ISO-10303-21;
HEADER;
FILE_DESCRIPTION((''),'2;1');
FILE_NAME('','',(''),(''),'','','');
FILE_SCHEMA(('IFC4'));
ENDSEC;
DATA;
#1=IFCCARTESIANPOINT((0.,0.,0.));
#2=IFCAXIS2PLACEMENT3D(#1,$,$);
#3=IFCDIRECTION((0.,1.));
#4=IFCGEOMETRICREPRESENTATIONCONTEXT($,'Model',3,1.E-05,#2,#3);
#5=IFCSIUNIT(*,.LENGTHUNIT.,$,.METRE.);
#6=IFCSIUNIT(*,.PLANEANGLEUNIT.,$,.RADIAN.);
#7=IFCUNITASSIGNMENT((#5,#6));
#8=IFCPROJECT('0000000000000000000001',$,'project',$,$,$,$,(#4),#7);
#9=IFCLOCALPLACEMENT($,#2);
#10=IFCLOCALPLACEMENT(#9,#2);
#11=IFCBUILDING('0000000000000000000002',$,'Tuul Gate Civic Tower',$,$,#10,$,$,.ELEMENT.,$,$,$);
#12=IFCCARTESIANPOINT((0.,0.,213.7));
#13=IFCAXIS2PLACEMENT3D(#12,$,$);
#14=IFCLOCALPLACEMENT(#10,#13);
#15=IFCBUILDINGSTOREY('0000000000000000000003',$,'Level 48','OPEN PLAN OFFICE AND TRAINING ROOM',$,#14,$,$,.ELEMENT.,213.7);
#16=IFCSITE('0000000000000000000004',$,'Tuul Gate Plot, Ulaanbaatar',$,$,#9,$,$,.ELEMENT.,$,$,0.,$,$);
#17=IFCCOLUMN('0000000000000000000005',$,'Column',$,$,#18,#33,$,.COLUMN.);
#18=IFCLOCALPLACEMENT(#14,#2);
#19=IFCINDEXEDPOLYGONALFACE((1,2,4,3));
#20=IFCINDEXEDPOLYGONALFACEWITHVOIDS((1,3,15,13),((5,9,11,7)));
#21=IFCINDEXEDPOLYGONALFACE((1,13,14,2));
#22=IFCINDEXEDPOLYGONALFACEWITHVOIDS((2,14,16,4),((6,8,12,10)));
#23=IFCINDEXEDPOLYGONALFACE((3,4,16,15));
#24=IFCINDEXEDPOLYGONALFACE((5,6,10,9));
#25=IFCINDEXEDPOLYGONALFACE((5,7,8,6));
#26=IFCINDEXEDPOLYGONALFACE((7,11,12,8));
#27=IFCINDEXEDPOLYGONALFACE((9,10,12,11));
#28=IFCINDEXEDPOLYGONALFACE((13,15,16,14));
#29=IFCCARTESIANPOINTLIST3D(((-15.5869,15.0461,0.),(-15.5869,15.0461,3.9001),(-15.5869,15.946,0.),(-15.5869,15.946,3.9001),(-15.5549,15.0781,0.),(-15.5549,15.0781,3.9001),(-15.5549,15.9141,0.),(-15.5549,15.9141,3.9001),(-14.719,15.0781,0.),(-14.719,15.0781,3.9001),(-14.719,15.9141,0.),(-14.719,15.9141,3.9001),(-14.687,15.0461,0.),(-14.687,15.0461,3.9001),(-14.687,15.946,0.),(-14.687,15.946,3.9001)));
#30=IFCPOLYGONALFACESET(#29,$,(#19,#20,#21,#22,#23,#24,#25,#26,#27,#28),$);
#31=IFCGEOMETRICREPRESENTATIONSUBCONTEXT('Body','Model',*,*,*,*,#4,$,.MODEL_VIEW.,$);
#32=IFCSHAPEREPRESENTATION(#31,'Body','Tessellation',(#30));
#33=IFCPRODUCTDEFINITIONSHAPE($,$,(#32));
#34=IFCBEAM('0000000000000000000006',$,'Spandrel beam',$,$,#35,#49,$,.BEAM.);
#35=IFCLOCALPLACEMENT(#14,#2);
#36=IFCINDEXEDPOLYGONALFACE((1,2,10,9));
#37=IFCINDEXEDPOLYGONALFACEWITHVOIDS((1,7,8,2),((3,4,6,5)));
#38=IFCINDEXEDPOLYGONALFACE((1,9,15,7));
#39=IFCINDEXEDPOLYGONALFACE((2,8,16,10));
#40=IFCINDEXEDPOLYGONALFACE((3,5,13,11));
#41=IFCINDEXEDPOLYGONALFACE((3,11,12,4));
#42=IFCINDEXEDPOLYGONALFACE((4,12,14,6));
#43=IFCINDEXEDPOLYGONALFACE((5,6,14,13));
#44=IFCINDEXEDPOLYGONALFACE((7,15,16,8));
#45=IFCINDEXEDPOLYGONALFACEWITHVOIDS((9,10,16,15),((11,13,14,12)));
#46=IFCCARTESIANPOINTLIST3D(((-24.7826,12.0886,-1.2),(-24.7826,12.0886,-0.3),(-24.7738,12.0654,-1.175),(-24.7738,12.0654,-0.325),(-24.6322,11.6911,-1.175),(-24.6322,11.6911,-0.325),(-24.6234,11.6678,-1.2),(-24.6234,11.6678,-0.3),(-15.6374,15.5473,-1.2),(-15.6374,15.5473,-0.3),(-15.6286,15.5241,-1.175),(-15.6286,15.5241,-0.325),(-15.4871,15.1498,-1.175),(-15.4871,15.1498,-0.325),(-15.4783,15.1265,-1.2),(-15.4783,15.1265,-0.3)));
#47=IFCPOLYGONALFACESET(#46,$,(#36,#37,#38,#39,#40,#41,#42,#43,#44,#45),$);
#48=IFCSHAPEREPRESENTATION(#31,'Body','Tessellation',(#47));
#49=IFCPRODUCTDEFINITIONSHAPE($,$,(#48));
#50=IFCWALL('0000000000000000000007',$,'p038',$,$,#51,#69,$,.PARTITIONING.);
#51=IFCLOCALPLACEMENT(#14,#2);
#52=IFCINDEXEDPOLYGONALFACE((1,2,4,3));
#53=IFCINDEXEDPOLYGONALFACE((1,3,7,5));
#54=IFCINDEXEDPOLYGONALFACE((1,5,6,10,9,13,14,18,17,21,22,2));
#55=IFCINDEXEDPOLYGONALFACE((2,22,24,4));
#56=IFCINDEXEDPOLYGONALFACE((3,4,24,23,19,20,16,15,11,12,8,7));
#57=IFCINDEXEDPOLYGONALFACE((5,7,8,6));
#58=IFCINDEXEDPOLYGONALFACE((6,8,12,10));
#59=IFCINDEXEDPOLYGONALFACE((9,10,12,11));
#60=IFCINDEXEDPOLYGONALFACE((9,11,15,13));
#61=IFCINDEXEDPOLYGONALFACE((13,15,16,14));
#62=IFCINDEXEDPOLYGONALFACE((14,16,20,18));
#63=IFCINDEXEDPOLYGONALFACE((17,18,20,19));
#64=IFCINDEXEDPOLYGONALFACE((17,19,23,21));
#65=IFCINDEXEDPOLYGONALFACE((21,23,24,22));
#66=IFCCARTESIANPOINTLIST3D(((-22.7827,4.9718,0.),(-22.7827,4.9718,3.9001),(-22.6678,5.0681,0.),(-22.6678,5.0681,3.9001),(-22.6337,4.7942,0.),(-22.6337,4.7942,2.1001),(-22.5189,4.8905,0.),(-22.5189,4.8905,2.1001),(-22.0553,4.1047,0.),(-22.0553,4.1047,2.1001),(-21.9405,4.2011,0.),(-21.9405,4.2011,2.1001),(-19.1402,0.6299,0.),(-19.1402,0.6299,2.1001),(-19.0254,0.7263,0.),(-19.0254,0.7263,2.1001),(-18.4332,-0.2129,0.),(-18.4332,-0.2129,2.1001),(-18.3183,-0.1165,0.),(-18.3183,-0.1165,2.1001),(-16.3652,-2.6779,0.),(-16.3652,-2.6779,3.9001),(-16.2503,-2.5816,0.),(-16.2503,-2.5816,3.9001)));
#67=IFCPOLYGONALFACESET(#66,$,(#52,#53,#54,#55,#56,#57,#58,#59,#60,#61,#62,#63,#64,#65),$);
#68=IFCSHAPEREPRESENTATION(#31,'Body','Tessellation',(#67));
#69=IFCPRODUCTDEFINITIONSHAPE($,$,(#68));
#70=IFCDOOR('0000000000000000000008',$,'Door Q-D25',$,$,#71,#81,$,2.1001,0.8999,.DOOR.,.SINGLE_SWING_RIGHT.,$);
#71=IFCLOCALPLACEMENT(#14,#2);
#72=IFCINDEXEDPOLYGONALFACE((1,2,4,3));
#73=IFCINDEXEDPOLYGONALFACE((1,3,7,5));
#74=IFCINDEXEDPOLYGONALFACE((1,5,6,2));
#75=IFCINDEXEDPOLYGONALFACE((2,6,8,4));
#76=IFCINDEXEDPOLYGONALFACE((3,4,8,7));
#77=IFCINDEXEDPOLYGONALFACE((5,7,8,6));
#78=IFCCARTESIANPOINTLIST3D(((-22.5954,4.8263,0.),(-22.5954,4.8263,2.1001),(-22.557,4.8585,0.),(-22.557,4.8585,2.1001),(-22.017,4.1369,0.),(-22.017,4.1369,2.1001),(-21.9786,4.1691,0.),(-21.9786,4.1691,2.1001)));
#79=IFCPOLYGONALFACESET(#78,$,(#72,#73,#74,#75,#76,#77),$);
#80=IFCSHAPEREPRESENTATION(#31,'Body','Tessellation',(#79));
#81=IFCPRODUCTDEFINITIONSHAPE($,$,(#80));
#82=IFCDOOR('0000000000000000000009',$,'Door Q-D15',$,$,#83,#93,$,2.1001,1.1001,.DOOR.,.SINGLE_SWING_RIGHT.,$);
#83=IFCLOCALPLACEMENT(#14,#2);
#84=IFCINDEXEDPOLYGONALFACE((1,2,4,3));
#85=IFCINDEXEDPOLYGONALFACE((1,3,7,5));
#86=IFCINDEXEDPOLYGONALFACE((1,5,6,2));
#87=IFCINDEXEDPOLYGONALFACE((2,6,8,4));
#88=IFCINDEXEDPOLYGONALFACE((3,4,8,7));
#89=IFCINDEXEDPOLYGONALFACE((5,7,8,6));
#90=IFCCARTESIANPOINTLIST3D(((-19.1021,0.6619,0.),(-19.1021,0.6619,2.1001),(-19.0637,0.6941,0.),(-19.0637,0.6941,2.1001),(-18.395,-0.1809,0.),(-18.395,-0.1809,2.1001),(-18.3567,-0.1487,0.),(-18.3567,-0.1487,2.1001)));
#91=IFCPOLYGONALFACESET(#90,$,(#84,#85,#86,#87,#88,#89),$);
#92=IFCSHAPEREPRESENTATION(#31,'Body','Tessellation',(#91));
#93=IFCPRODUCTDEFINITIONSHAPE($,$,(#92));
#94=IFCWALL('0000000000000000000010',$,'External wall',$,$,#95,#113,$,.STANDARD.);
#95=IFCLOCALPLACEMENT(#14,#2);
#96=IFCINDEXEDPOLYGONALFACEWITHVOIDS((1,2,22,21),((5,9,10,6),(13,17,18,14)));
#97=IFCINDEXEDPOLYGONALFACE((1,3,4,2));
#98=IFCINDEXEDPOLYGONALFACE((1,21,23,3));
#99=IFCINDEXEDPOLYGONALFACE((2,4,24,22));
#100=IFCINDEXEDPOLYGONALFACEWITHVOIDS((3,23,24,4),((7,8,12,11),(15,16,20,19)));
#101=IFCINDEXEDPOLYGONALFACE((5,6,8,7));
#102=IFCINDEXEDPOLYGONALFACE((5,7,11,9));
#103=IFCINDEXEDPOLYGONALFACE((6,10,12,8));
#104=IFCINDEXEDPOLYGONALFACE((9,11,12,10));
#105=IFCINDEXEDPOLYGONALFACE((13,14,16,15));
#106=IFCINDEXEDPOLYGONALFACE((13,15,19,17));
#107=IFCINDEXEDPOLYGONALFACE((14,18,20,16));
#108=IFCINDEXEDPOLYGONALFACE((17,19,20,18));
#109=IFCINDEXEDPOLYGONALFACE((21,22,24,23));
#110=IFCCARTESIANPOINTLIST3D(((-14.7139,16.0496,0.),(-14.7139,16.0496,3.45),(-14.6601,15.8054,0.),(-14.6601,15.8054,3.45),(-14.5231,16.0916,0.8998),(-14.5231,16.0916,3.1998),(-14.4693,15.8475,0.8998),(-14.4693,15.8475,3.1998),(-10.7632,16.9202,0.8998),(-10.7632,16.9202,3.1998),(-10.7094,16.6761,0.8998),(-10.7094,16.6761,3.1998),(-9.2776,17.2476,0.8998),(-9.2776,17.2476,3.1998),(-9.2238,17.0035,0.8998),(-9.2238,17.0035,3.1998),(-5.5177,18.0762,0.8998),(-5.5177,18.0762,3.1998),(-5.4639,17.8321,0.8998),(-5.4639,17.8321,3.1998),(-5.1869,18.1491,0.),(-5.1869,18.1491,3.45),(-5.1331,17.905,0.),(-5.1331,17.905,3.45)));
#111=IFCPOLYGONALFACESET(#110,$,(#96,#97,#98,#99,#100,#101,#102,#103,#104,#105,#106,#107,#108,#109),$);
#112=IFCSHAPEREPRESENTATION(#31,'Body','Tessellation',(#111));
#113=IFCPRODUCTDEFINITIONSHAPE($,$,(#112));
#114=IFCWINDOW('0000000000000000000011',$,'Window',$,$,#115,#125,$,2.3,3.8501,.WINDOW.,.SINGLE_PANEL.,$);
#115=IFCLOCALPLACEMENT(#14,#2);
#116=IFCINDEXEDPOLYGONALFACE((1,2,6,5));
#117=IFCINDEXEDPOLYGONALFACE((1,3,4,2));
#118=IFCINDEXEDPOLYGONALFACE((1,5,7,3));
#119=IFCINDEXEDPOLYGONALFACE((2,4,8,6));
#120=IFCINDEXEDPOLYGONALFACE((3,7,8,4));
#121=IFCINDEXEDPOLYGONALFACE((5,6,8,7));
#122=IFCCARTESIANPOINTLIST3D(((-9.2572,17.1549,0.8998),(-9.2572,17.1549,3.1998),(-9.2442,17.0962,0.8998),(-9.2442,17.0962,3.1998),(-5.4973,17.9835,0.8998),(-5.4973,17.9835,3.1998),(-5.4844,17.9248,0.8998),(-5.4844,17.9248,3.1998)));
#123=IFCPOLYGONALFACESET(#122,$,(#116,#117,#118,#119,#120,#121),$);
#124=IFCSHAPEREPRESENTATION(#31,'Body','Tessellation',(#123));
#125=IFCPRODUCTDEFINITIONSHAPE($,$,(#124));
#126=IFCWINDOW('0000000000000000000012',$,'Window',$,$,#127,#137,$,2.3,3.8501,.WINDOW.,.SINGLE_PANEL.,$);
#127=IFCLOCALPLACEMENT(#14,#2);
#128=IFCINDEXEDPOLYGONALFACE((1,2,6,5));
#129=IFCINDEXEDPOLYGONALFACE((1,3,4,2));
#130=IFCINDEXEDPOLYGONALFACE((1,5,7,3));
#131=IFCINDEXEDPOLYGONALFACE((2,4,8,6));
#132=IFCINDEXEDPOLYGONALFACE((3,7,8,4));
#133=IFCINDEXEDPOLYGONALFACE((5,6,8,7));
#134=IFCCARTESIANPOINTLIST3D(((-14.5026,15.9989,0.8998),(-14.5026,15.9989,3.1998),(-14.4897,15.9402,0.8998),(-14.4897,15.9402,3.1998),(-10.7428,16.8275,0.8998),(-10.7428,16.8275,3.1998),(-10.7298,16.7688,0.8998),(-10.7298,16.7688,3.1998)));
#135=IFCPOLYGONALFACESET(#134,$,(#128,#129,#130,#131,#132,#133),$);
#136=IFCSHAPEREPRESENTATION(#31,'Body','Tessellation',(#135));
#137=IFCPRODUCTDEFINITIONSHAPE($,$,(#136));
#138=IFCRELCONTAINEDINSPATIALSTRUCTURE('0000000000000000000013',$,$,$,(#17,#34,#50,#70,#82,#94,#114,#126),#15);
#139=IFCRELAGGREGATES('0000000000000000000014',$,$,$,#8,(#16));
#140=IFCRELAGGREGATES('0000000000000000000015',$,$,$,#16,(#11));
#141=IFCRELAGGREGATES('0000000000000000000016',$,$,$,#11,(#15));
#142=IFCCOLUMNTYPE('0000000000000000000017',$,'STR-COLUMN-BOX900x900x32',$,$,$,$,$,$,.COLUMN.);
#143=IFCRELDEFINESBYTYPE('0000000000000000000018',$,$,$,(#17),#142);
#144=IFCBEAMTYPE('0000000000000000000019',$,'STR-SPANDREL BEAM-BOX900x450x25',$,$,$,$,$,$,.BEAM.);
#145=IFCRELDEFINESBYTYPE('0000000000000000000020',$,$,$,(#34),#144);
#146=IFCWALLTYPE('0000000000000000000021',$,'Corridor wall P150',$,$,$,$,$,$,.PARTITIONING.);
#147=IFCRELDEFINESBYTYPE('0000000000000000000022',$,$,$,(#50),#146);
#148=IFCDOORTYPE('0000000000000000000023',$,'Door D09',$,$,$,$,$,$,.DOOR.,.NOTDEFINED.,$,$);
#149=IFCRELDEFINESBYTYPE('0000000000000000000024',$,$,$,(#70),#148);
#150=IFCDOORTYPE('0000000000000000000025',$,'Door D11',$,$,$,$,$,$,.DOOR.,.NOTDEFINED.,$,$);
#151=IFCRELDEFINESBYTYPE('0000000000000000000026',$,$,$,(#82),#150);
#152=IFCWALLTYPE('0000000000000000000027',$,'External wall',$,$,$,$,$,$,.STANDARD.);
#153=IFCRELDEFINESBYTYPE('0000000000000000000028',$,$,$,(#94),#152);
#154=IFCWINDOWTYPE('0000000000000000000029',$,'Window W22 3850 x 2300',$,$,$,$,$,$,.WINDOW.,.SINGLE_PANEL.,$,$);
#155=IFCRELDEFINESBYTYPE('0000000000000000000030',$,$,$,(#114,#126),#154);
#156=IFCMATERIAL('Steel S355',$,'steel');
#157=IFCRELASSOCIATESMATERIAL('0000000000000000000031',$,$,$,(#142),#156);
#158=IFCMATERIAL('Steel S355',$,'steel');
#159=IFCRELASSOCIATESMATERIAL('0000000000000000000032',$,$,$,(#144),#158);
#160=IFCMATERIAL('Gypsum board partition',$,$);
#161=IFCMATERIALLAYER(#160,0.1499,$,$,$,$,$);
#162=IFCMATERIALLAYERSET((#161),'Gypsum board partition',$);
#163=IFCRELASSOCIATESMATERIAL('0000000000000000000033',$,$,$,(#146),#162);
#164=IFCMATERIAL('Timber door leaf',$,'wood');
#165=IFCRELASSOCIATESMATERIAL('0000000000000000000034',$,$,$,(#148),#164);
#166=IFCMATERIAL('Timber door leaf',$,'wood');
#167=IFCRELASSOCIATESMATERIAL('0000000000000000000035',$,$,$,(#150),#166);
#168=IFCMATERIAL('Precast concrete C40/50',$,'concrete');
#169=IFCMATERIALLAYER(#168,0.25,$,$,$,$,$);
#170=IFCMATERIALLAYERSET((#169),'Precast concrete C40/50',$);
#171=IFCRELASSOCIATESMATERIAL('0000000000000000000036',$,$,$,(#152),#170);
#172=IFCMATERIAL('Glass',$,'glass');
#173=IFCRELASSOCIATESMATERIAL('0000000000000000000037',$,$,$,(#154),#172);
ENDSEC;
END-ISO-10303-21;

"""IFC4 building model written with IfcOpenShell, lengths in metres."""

from ifc_helpers import new_model, si_unit, direction, frame, frame_2d, origin, origin_2d, place, context, subcontext, project, spatial, rectangle, hollow_rectangle, extrude, material, layer, layer_set, material_profile, profile_set, type_object, element, fill, save


model = new_model("IFC4")

# Units and contexts
model_context = context("Model", 3, precision=1e-05, world=origin(), true_north=direction((0.0, 1.0)))
body_context = subcontext(model_context, "Body", "Model", "MODEL_VIEW")
ifc_project = project(units=[si_unit("LENGTHUNIT", "METRE"), si_unit("PLANEANGLEUNIT", "RADIAN")], contexts=[model_context])

# Site, building, storey
site_placement = place(None, origin())
site = spatial("IfcSite", under=ifc_project, at=site_placement, Name="Tuul Gate Plot, Ulaanbaatar", CompositionType="ELEMENT", RefElevation=0.0)
building_placement = place(site_placement, origin())
building = spatial("IfcBuilding", under=site, at=building_placement, Name="Tuul Gate Civic Tower", CompositionType="ELEMENT")
storey_placement = place(building_placement, frame((0.0, 0.0, 213.7)))
storey = spatial("IfcBuildingStorey", under=building, at=storey_placement, Name="Level 48", Description="OPEN PLAN OFFICE AND TRAINING ROOM", CompositionType="ELEMENT", Elevation=213.7)

# Column
ifc_material_1 = material(Name="Steel S355", Category="steel")
ifc_material_profile_1 = material_profile(ifc_material_1, hollow_rectangle(XDim=0.8999, YDim=0.8999, WallThickness=0.032, at=origin_2d()), Name="BOX900x900x32")
ifc_profile_set_1 = profile_set([ifc_material_profile_1], Name="Steel S355")
column_type = type_object("IfcColumnType", Name="STR-COLUMN-BOX900x900x32", PredefinedType="COLUMN", material=ifc_profile_set_1)
column_placement = place(storey_placement, frame((-15.137, 15.4961, 0.0), z_axis=(0.0, 0.0, 1.0), x_axis=(1.0, 0.0, 0.0)))
element("IfcColumn", 1, at=column_placement, inside=storey, type_object=column_type, Name="Column", PredefinedType="COLUMN", context=body_context, shape_type="SweptSolid", body=[
    extrude(hollow_rectangle(XDim=0.8999, YDim=0.8999, WallThickness=0.032, at=origin_2d()), origin(), (0.0, 0.0, 1.0), 3.9001),
])

# Beam
ifc_material_2 = material(Name="Steel S355", Category="steel")
ifc_material_profile_2 = material_profile(ifc_material_2, hollow_rectangle(XDim=0.45, YDim=0.8999, WallThickness=0.0249, at=origin_2d()), Name="BOX900x450x25")
ifc_profile_set_2 = profile_set([ifc_material_profile_2], Name="Steel S355")
beam_type = type_object("IfcBeamType", Name="STR-SPANDREL BEAM-BOX900x450x25", PredefinedType="BEAM", material=ifc_profile_set_2)
beam_placement = place(storey_placement, frame((-15.5579, 15.3369, -0.75), z_axis=(-0.935341, -0.353746, 0.0), x_axis=(0.353746, -0.935341, 0.0)))
element("IfcBeam", 2, at=beam_placement, inside=storey, type_object=beam_type, Name="Spandrel beam", PredefinedType="BEAM", context=body_context, shape_type="SweptSolid", body=[
    extrude(hollow_rectangle(XDim=0.45, YDim=0.8999, WallThickness=0.0249, at=origin_2d()), origin(), (0.0, 0.0, 1.0), 9.7773),
])

# Wall, openings, doors
ifc_material_3 = material(Name="Gypsum board partition")
ifc_layer_1 = layer(ifc_material_3, 0.1499)
ifc_layer_set_1 = layer_set([ifc_layer_1], Name="Gypsum board partition")
wall_type_1 = type_object("IfcWallType", Name="Corridor wall P150", PredefinedType="PARTITIONING", material=ifc_layer_set_1)
wall_1_placement = place(storey_placement, frame((-22.7253, 5.02, 0.0), z_axis=(0.0, 0.0, 1.0), x_axis=(0.642709, -0.766111, 0.0)))
wall_1 = element("IfcWall", 3, at=wall_1_placement, inside=storey, type_object=wall_type_1, Name="p038", PredefinedType="PARTITIONING", context=body_context, shape_type="SweptSolid", body=[
    extrude(rectangle(XDim=9.9851, YDim=0.1499, at=frame_2d((4.9927, 0.0))), origin(), (0.0, 0.0, 1.0), 3.9001),
])
opening_1_placement = place(wall_1_placement, frame((5.6675, 0.0, 0.0)))
opening_1 = element("IfcOpeningElement", 4, at=opening_1_placement, cuts=wall_1, PredefinedType="OPENING", context=body_context, shape_type="SweptSolid", body=[
    extrude(rectangle(XDim=1.1001, YDim=2.1001, at=frame_2d((0.55, 1.05))), frame((0.0, 0.085, 0.0), z_axis=(0.0, -1.0, 0.0), x_axis=(1.0, 0.0, 0.0)), (0.0, 0.0, 1.0), 0.1699),
])
opening_2_placement = place(wall_1_placement, frame((0.2319, 0.0, 0.0)))
opening_2 = element("IfcOpeningElement", 5, at=opening_2_placement, cuts=wall_1, PredefinedType="OPENING", context=body_context, shape_type="SweptSolid", body=[
    extrude(rectangle(XDim=0.8999, YDim=2.1001, at=frame_2d((0.45, 1.05))), frame((0.0, 0.085, 0.0), z_axis=(0.0, -1.0, 0.0), x_axis=(1.0, 0.0, 0.0)), (0.0, 0.0, 1.0), 0.1699),
])
ifc_material_4 = material(Name="Timber door leaf", Category="wood")
door_type_1 = type_object("IfcDoorType", Name="Door D09", OperationType="NOTDEFINED", PredefinedType="DOOR", material=ifc_material_4)
door_1_placement = place(opening_2_placement, frame((0.8999, 0.0, 0.0), z_axis=(0.0, 0.0, 1.0), x_axis=(-1.0, 0.0, 0.0)))
door_1 = element("IfcDoor", 6, at=door_1_placement, inside=storey, type_object=door_type_1, Name="Door Q-D25", OperationType="SINGLE_SWING_RIGHT", OverallHeight=2.1001, OverallWidth=0.8999, PredefinedType="DOOR", context=body_context, shape_type="SweptSolid", body=[
    extrude(rectangle(XDim=0.8999, YDim=2.1001, at=frame_2d((0.45, 1.05))), frame((0.0, 0.0249, 0.0), z_axis=(0.0, -1.0, 0.0), x_axis=(1.0, 0.0, 0.0)), (0.0, 0.0, 1.0), 0.05),
])
fill(opening_2, door_1)
ifc_material_5 = material(Name="Timber door leaf", Category="wood")
door_type_2 = type_object("IfcDoorType", Name="Door D11", OperationType="NOTDEFINED", PredefinedType="DOOR", material=ifc_material_5)
door_2_placement = place(opening_1_placement, origin())
door_2 = element("IfcDoor", 7, at=door_2_placement, inside=storey, type_object=door_type_2, Name="Door Q-D15", OperationType="SINGLE_SWING_RIGHT", OverallHeight=2.1001, OverallWidth=1.1001, PredefinedType="DOOR", context=body_context, shape_type="SweptSolid", body=[
    extrude(rectangle(XDim=1.1001, YDim=2.1001, at=frame_2d((0.55, 1.05))), frame((0.0, 0.0249, 0.0), z_axis=(0.0, -1.0, 0.0), x_axis=(1.0, 0.0, 0.0)), (0.0, 0.0, 1.0), 0.05),
])
fill(opening_1, door_2)

# Wall, openings, windows
ifc_material_6 = material(Name="Precast concrete C40/50", Category="concrete")
ifc_layer_2 = layer(ifc_material_6, 0.25)
ifc_layer_set_2 = layer_set([ifc_layer_2], Name="Precast concrete C40/50")
wall_type_2 = type_object("IfcWallType", Name="External wall", PredefinedType="STANDARD", material=ifc_layer_set_2)
wall_2_placement = place(storey_placement, frame((-5.1599, 18.0271, 0.0), z_axis=(0.0, 0.0, 1.0), x_axis=(-0.976566, -0.215218, 0.0)))
wall_2 = element("IfcWall", 8, at=wall_2_placement, inside=storey, type_object=wall_type_2, Name="External wall", PredefinedType="STANDARD", context=body_context, shape_type="SweptSolid", body=[
    extrude(rectangle(XDim=9.7556, YDim=0.25, at=frame_2d((4.8779, 0.0))), origin(), (0.0, 0.0, 1.0), 3.45),
])
opening_3_placement = place(wall_2_placement, frame((0.3389, 0.0, 0.8999)))
opening_3 = element("IfcOpeningElement", 9, at=opening_3_placement, cuts=wall_2, PredefinedType="OPENING", context=body_context, shape_type="SweptSolid", body=[
    extrude(rectangle(XDim=3.8501, YDim=2.3, at=frame_2d((1.925, 1.1499))), frame((0.0, 0.135, 0.0), z_axis=(0.0, -1.0, 0.0), x_axis=(1.0, 0.0, 0.0)), (0.0, 0.0, 1.0), 0.27),
])
opening_4_placement = place(wall_2_placement, frame((5.7102, 0.0, 0.8999)))
opening_4 = element("IfcOpeningElement", 10, at=opening_4_placement, cuts=wall_2, PredefinedType="OPENING", context=body_context, shape_type="SweptSolid", body=[
    extrude(rectangle(XDim=3.8501, YDim=2.3, at=frame_2d((1.925, 1.1499))), frame((0.0, 0.135, 0.0), z_axis=(0.0, -1.0, 0.0), x_axis=(1.0, 0.0, 0.0)), (0.0, 0.0, 1.0), 0.27),
])
ifc_material_7 = material(Name="Glass", Category="glass")
window_type = type_object("IfcWindowType", Name="Window W22 3850 x 2300", PartitioningType="SINGLE_PANEL", PredefinedType="WINDOW", material=ifc_material_7)
window_1_placement = place(opening_3_placement, origin())
window_1 = element("IfcWindow", 11, at=window_1_placement, inside=storey, type_object=window_type, Name="Window", OverallHeight=2.3, OverallWidth=3.8501, PartitioningType="SINGLE_PANEL", PredefinedType="WINDOW", context=body_context, shape_type="SweptSolid", body=[
    extrude(rectangle(XDim=3.8501, YDim=2.3, at=frame_2d((1.925, 1.1499))), frame((0.0, 0.03, 0.0), z_axis=(0.0, -1.0, 0.0), x_axis=(1.0, 0.0, 0.0)), (0.0, 0.0, 1.0), 0.0601),
])
fill(opening_3, window_1)
window_2_placement = place(opening_4_placement, origin())
window_2 = element("IfcWindow", 12, at=window_2_placement, inside=storey, type_object=window_type, Name="Window", OverallHeight=2.3, OverallWidth=3.8501, PartitioningType="SINGLE_PANEL", PredefinedType="WINDOW", context=body_context, shape_type="SweptSolid", body=[
    extrude(rectangle(XDim=3.8501, YDim=2.3, at=frame_2d((1.925, 1.1499))), frame((0.0, 0.03, 0.0), z_axis=(0.0, -1.0, 0.0), x_axis=(1.0, 0.0, 0.0)), (0.0, 0.0, 1.0), 0.0601),
])
fill(opening_4, window_2)

save(model, "model.ifc")
